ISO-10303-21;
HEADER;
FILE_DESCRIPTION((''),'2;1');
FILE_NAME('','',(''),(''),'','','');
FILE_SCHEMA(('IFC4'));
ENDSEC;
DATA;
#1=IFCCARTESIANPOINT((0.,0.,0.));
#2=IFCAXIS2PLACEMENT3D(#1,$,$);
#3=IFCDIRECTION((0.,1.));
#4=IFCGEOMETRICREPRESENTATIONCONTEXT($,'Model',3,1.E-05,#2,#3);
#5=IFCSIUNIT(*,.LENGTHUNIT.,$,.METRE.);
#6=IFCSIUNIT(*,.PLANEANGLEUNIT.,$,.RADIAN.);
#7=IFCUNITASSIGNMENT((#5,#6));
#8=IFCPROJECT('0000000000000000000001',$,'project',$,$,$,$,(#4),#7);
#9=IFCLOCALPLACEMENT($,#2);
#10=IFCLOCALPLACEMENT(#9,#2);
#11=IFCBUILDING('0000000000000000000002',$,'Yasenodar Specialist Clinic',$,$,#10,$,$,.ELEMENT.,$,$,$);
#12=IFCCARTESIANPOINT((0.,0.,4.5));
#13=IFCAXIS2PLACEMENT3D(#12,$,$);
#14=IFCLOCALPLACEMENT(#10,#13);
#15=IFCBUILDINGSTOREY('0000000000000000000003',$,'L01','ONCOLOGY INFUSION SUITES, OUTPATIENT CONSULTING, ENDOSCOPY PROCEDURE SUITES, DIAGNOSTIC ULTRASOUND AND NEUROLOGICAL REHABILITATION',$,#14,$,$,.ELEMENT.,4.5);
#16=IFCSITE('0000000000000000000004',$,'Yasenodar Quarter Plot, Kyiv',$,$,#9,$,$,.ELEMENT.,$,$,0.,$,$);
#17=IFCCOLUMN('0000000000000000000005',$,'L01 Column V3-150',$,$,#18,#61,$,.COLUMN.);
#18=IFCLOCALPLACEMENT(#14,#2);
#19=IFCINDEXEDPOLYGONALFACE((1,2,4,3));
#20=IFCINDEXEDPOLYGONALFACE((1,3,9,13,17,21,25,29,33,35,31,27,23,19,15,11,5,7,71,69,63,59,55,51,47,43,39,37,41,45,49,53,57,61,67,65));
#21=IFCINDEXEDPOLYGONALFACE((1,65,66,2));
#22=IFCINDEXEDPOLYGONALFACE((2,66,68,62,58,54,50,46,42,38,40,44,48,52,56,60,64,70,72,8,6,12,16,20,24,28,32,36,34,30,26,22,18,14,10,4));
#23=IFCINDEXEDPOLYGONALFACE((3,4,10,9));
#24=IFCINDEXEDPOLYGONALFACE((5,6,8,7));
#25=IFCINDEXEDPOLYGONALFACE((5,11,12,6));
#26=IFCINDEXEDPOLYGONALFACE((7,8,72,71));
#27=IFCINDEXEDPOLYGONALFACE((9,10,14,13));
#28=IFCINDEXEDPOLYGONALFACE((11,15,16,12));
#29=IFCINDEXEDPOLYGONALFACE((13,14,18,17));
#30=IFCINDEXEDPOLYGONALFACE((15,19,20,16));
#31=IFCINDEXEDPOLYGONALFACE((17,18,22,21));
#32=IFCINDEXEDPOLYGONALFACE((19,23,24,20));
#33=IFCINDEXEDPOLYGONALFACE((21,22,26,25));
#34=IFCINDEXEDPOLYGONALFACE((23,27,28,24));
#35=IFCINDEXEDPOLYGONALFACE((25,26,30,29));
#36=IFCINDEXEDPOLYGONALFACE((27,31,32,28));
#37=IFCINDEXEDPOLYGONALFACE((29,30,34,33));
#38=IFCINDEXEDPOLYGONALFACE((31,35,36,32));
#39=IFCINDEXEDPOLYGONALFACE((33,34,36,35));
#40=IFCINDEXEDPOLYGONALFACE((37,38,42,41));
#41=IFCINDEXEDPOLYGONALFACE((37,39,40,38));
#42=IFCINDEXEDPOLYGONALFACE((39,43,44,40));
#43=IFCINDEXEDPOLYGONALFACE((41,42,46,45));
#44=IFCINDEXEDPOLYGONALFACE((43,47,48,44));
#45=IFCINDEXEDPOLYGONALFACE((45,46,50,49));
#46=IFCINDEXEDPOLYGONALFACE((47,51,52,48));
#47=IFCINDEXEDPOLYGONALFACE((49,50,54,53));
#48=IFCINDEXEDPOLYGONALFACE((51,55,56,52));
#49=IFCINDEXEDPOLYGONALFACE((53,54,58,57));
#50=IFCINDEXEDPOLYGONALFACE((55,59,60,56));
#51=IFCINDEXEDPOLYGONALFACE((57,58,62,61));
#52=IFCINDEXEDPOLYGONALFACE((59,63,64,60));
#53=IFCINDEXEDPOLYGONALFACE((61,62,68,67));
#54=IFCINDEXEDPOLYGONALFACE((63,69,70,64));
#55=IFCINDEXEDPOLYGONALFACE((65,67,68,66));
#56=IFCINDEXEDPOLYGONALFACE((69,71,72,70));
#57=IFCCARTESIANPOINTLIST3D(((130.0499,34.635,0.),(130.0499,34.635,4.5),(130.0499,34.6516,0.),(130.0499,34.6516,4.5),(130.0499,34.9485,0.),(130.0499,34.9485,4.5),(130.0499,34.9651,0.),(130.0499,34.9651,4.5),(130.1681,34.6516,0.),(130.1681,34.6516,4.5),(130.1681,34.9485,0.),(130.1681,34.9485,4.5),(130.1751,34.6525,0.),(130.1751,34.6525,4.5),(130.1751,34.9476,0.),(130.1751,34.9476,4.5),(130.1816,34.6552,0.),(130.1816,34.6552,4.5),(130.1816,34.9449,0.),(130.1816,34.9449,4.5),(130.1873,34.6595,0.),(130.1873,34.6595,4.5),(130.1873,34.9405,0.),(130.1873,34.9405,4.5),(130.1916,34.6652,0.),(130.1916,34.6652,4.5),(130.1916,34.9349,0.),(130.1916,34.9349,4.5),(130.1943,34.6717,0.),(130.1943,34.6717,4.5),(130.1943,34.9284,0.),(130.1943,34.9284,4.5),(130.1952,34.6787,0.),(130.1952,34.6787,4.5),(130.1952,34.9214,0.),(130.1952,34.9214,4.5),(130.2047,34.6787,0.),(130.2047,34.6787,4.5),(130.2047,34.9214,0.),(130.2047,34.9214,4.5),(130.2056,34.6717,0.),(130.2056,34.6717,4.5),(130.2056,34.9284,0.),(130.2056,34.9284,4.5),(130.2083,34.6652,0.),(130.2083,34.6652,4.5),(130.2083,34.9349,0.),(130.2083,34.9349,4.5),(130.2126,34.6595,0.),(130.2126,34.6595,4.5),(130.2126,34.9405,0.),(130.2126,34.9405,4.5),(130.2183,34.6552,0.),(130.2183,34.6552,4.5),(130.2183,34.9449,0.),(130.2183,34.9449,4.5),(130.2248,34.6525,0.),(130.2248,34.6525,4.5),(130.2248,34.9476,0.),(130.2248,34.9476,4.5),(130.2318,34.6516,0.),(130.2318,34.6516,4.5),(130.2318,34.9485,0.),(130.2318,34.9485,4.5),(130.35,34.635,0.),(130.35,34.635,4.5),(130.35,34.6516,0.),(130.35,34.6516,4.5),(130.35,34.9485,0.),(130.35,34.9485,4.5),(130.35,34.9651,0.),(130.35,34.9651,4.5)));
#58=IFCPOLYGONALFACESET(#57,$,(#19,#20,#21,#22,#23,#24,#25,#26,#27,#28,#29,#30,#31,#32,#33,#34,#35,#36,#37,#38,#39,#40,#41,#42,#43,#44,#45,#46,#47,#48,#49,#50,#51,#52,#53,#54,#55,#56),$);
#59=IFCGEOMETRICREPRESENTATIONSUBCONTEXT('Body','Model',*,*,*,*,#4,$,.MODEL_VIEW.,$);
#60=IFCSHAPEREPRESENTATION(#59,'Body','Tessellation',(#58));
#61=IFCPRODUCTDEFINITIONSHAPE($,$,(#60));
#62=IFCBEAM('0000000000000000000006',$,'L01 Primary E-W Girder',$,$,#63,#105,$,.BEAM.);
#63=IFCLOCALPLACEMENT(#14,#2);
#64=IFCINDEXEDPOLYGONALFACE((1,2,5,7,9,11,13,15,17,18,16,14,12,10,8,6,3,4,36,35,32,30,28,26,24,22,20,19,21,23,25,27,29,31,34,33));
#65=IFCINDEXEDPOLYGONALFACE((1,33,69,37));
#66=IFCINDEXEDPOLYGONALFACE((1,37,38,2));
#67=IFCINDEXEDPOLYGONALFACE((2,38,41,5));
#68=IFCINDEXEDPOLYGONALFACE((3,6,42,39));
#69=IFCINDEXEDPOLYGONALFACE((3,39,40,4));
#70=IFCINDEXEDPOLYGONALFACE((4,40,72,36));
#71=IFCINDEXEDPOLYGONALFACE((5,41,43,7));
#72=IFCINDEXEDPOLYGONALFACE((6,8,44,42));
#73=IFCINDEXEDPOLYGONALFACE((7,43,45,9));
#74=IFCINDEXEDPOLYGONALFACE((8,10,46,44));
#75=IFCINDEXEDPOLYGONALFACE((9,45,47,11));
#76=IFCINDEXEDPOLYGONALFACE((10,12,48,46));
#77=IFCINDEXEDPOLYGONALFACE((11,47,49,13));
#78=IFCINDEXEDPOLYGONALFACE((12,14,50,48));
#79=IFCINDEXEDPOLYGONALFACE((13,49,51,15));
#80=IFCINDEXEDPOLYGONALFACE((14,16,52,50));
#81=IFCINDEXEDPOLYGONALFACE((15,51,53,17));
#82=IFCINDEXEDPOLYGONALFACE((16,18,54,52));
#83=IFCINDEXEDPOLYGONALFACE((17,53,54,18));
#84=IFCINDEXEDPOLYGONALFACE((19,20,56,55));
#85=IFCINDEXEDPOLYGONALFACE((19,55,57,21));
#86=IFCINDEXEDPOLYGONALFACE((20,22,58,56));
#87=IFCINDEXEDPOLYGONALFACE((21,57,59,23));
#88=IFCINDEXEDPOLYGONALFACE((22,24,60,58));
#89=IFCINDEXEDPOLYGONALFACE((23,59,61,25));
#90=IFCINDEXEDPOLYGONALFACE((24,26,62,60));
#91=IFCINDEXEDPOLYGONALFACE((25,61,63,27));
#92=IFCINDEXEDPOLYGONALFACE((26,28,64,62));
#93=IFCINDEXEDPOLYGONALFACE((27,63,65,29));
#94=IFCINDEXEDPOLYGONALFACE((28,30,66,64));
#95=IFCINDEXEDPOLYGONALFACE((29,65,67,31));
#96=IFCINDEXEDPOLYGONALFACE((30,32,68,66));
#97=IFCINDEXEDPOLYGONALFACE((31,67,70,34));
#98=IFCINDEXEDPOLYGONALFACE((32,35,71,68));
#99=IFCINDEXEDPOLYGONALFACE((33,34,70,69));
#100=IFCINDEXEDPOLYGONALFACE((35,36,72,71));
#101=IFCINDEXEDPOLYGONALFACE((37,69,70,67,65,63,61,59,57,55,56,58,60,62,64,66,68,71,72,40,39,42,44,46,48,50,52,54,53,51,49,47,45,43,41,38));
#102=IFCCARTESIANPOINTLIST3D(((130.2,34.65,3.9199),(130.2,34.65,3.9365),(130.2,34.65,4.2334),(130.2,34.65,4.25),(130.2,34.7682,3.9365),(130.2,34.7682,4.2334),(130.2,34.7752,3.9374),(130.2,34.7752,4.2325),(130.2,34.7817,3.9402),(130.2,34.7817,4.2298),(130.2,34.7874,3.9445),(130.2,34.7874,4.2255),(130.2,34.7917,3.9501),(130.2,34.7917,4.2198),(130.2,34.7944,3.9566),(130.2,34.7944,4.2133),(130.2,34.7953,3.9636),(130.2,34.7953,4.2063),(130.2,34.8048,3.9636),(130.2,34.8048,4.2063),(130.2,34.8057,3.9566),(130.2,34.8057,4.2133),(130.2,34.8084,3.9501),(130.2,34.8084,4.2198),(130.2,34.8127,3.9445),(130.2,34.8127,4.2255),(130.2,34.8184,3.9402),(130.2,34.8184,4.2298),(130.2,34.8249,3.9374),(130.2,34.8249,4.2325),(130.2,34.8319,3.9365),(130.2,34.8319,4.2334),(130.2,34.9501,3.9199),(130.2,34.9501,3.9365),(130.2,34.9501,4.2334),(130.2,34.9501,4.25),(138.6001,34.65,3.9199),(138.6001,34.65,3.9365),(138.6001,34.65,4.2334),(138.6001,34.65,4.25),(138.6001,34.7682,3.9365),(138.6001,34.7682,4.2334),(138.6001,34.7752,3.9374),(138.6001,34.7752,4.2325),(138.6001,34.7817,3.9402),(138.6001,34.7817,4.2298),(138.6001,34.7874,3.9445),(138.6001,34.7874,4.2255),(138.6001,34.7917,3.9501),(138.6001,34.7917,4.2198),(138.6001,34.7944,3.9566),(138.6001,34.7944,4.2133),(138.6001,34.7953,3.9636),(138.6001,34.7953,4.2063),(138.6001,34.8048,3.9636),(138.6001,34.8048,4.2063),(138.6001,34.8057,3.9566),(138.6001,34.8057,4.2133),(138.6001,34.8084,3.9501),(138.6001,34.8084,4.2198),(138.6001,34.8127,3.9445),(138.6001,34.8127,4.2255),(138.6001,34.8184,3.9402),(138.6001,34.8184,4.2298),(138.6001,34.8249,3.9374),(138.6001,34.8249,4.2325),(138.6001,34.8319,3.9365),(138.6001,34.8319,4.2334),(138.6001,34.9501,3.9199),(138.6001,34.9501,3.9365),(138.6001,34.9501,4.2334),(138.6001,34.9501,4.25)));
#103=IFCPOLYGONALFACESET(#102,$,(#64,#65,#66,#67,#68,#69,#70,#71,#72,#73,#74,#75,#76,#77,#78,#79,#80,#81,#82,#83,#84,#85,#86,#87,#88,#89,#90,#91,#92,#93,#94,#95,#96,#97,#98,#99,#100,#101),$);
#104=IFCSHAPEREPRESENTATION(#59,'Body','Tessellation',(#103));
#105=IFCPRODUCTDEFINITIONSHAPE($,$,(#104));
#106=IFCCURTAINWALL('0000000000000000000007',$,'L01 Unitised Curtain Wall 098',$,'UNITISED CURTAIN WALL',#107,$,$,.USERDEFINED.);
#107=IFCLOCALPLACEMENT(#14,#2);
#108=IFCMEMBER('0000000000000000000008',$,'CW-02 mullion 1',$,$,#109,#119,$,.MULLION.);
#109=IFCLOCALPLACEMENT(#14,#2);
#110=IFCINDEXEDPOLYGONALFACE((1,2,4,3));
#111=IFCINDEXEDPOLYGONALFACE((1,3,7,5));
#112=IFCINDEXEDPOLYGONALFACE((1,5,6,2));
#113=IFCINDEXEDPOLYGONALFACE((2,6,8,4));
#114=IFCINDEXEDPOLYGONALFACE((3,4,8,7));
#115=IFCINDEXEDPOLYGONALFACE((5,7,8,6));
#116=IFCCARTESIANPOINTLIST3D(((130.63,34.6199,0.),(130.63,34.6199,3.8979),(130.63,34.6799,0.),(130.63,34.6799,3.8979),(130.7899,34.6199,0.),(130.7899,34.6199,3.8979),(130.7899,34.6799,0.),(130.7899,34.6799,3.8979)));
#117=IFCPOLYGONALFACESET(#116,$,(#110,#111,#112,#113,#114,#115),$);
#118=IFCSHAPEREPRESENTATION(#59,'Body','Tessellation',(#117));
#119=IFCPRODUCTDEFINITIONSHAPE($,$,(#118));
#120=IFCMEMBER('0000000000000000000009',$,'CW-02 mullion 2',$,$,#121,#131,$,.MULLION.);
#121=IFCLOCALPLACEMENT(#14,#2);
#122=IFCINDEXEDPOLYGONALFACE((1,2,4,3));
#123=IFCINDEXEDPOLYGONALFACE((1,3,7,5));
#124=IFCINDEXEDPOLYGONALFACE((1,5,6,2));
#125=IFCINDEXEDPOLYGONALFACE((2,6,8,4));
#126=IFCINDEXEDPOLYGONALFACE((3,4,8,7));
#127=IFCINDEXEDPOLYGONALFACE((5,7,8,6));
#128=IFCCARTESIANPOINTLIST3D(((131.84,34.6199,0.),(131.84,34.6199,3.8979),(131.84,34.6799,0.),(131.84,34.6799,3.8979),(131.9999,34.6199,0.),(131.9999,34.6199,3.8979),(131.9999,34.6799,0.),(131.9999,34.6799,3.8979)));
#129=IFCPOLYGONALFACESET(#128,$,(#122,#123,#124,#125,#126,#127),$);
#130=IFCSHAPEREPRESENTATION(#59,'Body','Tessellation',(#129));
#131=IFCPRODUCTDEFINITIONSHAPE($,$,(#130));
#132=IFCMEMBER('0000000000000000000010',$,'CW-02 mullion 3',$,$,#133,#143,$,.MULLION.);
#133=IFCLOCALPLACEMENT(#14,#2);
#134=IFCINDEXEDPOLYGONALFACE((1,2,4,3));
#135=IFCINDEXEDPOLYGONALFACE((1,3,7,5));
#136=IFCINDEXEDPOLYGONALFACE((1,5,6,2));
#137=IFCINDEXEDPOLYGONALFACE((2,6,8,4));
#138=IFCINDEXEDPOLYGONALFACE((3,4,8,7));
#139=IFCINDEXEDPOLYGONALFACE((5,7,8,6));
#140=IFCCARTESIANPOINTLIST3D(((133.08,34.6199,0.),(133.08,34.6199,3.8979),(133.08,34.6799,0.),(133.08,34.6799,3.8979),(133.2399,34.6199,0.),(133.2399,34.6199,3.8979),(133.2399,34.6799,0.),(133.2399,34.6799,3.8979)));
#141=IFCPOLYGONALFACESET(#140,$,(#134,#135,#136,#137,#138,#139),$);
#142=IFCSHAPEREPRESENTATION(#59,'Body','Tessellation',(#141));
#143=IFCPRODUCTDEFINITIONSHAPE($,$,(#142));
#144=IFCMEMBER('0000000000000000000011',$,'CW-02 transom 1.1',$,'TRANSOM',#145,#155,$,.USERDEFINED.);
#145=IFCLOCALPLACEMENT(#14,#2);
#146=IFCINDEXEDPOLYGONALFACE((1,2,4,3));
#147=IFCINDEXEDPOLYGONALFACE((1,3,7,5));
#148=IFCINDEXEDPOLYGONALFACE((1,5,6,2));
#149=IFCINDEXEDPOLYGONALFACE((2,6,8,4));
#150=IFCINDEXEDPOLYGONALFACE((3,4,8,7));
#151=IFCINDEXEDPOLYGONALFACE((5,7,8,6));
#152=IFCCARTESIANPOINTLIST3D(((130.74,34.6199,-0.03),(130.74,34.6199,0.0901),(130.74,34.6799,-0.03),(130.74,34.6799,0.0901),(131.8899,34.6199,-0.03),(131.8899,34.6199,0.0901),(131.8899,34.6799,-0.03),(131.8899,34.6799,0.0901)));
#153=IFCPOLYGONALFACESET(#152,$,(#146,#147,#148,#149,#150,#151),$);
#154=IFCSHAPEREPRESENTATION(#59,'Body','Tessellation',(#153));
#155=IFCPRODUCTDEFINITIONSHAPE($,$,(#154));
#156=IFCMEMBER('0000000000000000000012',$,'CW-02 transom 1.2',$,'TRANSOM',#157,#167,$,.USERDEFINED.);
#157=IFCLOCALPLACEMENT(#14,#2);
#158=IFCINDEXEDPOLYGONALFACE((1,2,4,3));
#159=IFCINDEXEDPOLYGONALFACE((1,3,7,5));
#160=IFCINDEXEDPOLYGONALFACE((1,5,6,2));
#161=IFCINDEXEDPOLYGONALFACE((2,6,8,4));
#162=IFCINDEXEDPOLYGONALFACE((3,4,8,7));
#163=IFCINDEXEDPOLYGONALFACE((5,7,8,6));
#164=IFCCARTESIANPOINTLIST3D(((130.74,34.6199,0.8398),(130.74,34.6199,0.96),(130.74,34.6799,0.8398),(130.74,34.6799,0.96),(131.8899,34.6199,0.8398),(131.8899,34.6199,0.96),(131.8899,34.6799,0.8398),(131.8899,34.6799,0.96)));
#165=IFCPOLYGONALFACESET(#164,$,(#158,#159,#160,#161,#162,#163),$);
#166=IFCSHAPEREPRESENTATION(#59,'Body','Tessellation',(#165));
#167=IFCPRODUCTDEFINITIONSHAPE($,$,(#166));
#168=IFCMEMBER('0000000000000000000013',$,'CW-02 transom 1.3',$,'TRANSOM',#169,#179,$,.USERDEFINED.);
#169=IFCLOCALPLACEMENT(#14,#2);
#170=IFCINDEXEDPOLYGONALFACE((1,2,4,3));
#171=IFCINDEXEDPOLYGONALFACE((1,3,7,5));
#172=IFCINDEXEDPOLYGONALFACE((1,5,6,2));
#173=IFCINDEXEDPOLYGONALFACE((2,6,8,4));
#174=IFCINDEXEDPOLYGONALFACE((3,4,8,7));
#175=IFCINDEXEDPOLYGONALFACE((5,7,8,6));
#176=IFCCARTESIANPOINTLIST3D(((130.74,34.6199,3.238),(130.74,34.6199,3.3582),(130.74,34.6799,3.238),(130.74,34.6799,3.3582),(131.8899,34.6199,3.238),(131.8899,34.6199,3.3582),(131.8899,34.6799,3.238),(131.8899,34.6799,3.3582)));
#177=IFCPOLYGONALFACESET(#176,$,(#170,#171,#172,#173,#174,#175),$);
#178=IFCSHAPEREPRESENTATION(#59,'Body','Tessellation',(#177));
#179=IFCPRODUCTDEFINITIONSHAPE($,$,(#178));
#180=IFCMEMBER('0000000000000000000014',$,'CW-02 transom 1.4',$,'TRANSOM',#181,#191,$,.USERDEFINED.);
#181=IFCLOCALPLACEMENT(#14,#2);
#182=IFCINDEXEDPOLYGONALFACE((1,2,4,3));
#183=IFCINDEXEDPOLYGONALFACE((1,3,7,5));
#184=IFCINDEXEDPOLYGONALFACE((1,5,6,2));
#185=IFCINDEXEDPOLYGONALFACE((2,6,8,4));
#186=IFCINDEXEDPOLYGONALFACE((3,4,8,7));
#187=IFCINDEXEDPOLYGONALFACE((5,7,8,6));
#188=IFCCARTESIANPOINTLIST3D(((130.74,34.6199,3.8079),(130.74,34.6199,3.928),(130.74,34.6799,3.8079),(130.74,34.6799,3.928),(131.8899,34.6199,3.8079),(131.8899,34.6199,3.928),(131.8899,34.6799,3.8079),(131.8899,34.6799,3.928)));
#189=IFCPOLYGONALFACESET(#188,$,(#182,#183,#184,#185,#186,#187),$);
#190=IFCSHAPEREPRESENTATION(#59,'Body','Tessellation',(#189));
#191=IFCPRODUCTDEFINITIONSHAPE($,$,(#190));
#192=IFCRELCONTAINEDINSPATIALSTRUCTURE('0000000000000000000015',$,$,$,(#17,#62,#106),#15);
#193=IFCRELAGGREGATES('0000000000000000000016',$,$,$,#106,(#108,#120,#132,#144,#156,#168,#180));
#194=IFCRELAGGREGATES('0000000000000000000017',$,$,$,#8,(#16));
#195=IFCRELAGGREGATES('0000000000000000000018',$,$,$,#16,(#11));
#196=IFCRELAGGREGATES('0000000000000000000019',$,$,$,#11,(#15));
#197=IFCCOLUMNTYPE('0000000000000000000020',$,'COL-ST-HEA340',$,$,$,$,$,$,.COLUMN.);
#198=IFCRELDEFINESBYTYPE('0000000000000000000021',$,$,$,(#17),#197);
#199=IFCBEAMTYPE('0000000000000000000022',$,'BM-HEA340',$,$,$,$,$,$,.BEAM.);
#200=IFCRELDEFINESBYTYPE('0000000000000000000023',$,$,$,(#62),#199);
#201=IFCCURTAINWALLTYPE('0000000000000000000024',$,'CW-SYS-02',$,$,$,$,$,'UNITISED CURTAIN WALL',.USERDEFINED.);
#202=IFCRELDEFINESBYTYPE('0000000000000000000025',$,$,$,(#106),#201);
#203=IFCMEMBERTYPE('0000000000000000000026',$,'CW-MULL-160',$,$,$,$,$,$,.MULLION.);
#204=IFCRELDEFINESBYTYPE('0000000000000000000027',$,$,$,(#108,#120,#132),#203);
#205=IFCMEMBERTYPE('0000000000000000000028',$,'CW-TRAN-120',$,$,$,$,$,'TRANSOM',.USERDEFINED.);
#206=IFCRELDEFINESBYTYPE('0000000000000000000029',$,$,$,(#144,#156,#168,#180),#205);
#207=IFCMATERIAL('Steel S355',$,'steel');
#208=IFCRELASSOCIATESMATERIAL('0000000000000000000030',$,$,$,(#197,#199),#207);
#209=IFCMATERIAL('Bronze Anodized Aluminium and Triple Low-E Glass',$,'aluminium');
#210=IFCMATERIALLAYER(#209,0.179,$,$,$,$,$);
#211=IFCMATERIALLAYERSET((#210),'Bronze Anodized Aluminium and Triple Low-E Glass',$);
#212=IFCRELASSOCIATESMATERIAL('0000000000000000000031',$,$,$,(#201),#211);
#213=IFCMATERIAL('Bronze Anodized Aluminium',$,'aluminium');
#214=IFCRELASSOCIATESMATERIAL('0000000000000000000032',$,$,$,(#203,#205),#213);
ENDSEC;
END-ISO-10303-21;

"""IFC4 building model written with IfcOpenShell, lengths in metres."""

from ifc_helpers import new_model, si_unit, direction, frame, origin, origin_2d, place, context, subcontext, project, spatial, rectangle, i_section, extrude, material, layer, layer_set, material_profile, profile_set, type_object, element, aggregate, save


model = new_model("IFC4")

# Units and contexts
model_context = context("Model", 3, precision=1e-05, world=origin(), true_north=direction((0.0, 1.0)))
body_context = subcontext(model_context, "Body", "Model", "MODEL_VIEW")
ifc_project = project(units=[si_unit("LENGTHUNIT", "METRE"), si_unit("PLANEANGLEUNIT", "RADIAN")], contexts=[model_context])

# Site, building, storey
site_placement = place(None, origin())
site = spatial("IfcSite", under=ifc_project, at=site_placement, Name="Yasenodar Quarter Plot, Kyiv", CompositionType="ELEMENT", RefElevation=0.0)
building_placement = place(site_placement, origin())
building = spatial("IfcBuilding", under=site, at=building_placement, Name="Yasenodar Specialist Clinic", CompositionType="ELEMENT")
storey_placement = place(building_placement, frame((0.0, 0.0, 4.5)))
storey = spatial("IfcBuildingStorey", under=building, at=storey_placement, Name="L01", Description="ONCOLOGY INFUSION SUITES, OUTPATIENT CONSULTING, ENDOSCOPY PROCEDURE SUITES, DIAGNOSTIC ULTRASOUND AND NEUROLOGICAL REHABILITATION", CompositionType="ELEMENT", Elevation=4.5)

# Column
ifc_material_1 = material(Name="Steel S355", Category="steel")
ifc_material_profile_1 = material_profile(ifc_material_1, i_section(OverallWidth=0.3, OverallDepth=0.3301, WebThickness=0.0095, FlangeThickness=0.0166, FilletRadius=0.0271, at=origin_2d()), Name="HEA 340")
ifc_profile_set_1 = profile_set([ifc_material_profile_1], Name="Steel S355")
column_type = type_object("IfcColumnType", Name="COL-ST-HEA340", PredefinedType="COLUMN", material=ifc_profile_set_1)
column_placement = place(storey_placement, frame((130.2, 34.8, 0.0), z_axis=(0.0, 0.0, 1.0), x_axis=(1.0, 0.0, 0.0)))
element("IfcColumn", 1, at=column_placement, inside=storey, type_object=column_type, Name="L01 Column V3-150", PredefinedType="COLUMN", context=body_context, shape_type="SweptSolid", body=[
    extrude(i_section(OverallWidth=0.3, OverallDepth=0.3301, WebThickness=0.0095, FlangeThickness=0.0166, FilletRadius=0.0271, at=origin_2d()), origin(), (0.0, 0.0, 1.0), 4.5),
])

# Beam
ifc_material_profile_2 = material_profile(ifc_material_1, i_section(OverallWidth=0.3, OverallDepth=0.3301, WebThickness=0.0095, FlangeThickness=0.0166, FilletRadius=0.0271, at=origin_2d()), Name="HEA 340")
ifc_profile_set_2 = profile_set([ifc_material_profile_2], Name="Steel S355")
beam_type = type_object("IfcBeamType", Name="BM-HEA340", PredefinedType="BEAM", material=ifc_profile_set_2)
beam_placement = place(storey_placement, frame((130.2, 34.8, 4.085), z_axis=(1.0, 0.0, 0.0), x_axis=(0.0, 1.0, 0.0)))
element("IfcBeam", 2, at=beam_placement, inside=storey, type_object=beam_type, Name="L01 Primary E-W Girder", PredefinedType="BEAM", context=body_context, shape_type="SweptSolid", body=[
    extrude(i_section(OverallWidth=0.3, OverallDepth=0.3301, WebThickness=0.0095, FlangeThickness=0.0166, FilletRadius=0.0271, at=origin_2d()), origin(), (0.0, 0.0, 1.0), 8.4001),
])

# Curtain wall, members
ifc_material_2 = material(Name="Bronze Anodized Aluminium and Triple Low-E Glass", Category="aluminium")
ifc_layer_1 = layer(ifc_material_2, 0.179)
ifc_layer_set_1 = layer_set([ifc_layer_1], Name="Bronze Anodized Aluminium and Triple Low-E Glass")
curtain_wall_type = type_object("IfcCurtainWallType", Name="CW-SYS-02", ElementType="UNITISED CURTAIN WALL", PredefinedType="USERDEFINED", material=ifc_layer_set_1)
curtain_wall_placement = place(storey_placement, origin())
curtain_wall = element("IfcCurtainWall", 3, at=curtain_wall_placement, inside=storey, type_object=curtain_wall_type, Name="L01 Unitised Curtain Wall 098", ObjectType="UNITISED CURTAIN WALL", PredefinedType="USERDEFINED")
ifc_material_3 = material(Name="Bronze Anodized Aluminium", Category="aluminium")
ifc_material_profile_3 = material_profile(ifc_material_3, rectangle(XDim=0.0601, YDim=0.1599, at=origin_2d()), Name="CW-MULL 60x160")
ifc_profile_set_3 = profile_set([ifc_material_profile_3], Name="Bronze Anodized Aluminium")
member_type_1 = type_object("IfcMemberType", Name="CW-MULL-160", PredefinedType="MULLION", material=ifc_profile_set_3)
member_1_placement = place(storey_placement, frame((130.71, 34.6499, 0.0), z_axis=(0.0, 0.0, 1.0), x_axis=(0.0, 1.0, 0.0)))
member_1 = element("IfcMember", 4, at=member_1_placement, type_object=member_type_1, Name="CW-02 mullion 1", PredefinedType="MULLION", context=body_context, shape_type="SweptSolid", body=[
    extrude(rectangle(XDim=0.0601, YDim=0.1599, at=origin_2d()), origin(), (0.0, 0.0, 1.0), 3.8979),
])
member_2_placement = place(storey_placement, frame((131.9199, 34.6499, 0.0), z_axis=(0.0, 0.0, 1.0), x_axis=(0.0, 1.0, 0.0)))
member_2 = element("IfcMember", 5, at=member_2_placement, type_object=member_type_1, Name="CW-02 mullion 2", PredefinedType="MULLION", context=body_context, shape_type="SweptSolid", body=[
    extrude(rectangle(XDim=0.0601, YDim=0.1599, at=origin_2d()), origin(), (0.0, 0.0, 1.0), 3.8979),
])
member_3_placement = place(storey_placement, frame((133.1599, 34.6499, 0.0), z_axis=(0.0, 0.0, 1.0), x_axis=(0.0, 1.0, 0.0)))
member_3 = element("IfcMember", 6, at=member_3_placement, type_object=member_type_1, Name="CW-02 mullion 3", PredefinedType="MULLION", context=body_context, shape_type="SweptSolid", body=[
    extrude(rectangle(XDim=0.0601, YDim=0.1599, at=origin_2d()), origin(), (0.0, 0.0, 1.0), 3.8979),
])
ifc_material_profile_4 = material_profile(ifc_material_3, rectangle(XDim=0.0601, YDim=0.1201, at=origin_2d()), Name="CW-TRAN 60x120")
ifc_profile_set_4 = profile_set([ifc_material_profile_4], Name="Bronze Anodized Aluminium")
member_type_2 = type_object("IfcMemberType", Name="CW-TRAN-120", ElementType="TRANSOM", PredefinedType="USERDEFINED", material=ifc_profile_set_4)
member_4_placement = place(storey_placement, frame((130.74, 34.6499, 0.03), z_axis=(1.0, 0.0, 0.0), x_axis=(0.0, 1.0, 0.0)))
member_4 = element("IfcMember", 7, at=member_4_placement, type_object=member_type_2, Name="CW-02 transom 1.1", ObjectType="TRANSOM", PredefinedType="USERDEFINED", context=body_context, shape_type="SweptSolid", body=[
    extrude(rectangle(XDim=0.0601, YDim=0.1201, at=origin_2d()), origin(), (0.0, 0.0, 1.0), 1.1499),
])
member_5_placement = place(storey_placement, frame((130.74, 34.6499, 0.8999), z_axis=(1.0, 0.0, 0.0), x_axis=(0.0, 1.0, 0.0)))
member_5 = element("IfcMember", 8, at=member_5_placement, type_object=member_type_2, Name="CW-02 transom 1.2", ObjectType="TRANSOM", PredefinedType="USERDEFINED", context=body_context, shape_type="SweptSolid", body=[
    extrude(rectangle(XDim=0.0601, YDim=0.1201, at=origin_2d()), origin(), (0.0, 0.0, 1.0), 1.1499),
])
member_6_placement = place(storey_placement, frame((130.74, 34.6499, 3.2981), z_axis=(1.0, 0.0, 0.0), x_axis=(0.0, 1.0, 0.0)))
member_6 = element("IfcMember", 9, at=member_6_placement, type_object=member_type_2, Name="CW-02 transom 1.3", ObjectType="TRANSOM", PredefinedType="USERDEFINED", context=body_context, shape_type="SweptSolid", body=[
    extrude(rectangle(XDim=0.0601, YDim=0.1201, at=origin_2d()), origin(), (0.0, 0.0, 1.0), 1.1499),
])
member_7_placement = place(storey_placement, frame((130.74, 34.6499, 3.8679), z_axis=(1.0, 0.0, 0.0), x_axis=(0.0, 1.0, 0.0)))
member_7 = element("IfcMember", 10, at=member_7_placement, type_object=member_type_2, Name="CW-02 transom 1.4", ObjectType="TRANSOM", PredefinedType="USERDEFINED", context=body_context, shape_type="SweptSolid", body=[
    extrude(rectangle(XDim=0.0601, YDim=0.1201, at=origin_2d()), origin(), (0.0, 0.0, 1.0), 1.1499),
])
aggregate(curtain_wall, [member_1, member_2, member_3, member_4, member_5, member_6, member_7])

save(model, "model.ifc")
